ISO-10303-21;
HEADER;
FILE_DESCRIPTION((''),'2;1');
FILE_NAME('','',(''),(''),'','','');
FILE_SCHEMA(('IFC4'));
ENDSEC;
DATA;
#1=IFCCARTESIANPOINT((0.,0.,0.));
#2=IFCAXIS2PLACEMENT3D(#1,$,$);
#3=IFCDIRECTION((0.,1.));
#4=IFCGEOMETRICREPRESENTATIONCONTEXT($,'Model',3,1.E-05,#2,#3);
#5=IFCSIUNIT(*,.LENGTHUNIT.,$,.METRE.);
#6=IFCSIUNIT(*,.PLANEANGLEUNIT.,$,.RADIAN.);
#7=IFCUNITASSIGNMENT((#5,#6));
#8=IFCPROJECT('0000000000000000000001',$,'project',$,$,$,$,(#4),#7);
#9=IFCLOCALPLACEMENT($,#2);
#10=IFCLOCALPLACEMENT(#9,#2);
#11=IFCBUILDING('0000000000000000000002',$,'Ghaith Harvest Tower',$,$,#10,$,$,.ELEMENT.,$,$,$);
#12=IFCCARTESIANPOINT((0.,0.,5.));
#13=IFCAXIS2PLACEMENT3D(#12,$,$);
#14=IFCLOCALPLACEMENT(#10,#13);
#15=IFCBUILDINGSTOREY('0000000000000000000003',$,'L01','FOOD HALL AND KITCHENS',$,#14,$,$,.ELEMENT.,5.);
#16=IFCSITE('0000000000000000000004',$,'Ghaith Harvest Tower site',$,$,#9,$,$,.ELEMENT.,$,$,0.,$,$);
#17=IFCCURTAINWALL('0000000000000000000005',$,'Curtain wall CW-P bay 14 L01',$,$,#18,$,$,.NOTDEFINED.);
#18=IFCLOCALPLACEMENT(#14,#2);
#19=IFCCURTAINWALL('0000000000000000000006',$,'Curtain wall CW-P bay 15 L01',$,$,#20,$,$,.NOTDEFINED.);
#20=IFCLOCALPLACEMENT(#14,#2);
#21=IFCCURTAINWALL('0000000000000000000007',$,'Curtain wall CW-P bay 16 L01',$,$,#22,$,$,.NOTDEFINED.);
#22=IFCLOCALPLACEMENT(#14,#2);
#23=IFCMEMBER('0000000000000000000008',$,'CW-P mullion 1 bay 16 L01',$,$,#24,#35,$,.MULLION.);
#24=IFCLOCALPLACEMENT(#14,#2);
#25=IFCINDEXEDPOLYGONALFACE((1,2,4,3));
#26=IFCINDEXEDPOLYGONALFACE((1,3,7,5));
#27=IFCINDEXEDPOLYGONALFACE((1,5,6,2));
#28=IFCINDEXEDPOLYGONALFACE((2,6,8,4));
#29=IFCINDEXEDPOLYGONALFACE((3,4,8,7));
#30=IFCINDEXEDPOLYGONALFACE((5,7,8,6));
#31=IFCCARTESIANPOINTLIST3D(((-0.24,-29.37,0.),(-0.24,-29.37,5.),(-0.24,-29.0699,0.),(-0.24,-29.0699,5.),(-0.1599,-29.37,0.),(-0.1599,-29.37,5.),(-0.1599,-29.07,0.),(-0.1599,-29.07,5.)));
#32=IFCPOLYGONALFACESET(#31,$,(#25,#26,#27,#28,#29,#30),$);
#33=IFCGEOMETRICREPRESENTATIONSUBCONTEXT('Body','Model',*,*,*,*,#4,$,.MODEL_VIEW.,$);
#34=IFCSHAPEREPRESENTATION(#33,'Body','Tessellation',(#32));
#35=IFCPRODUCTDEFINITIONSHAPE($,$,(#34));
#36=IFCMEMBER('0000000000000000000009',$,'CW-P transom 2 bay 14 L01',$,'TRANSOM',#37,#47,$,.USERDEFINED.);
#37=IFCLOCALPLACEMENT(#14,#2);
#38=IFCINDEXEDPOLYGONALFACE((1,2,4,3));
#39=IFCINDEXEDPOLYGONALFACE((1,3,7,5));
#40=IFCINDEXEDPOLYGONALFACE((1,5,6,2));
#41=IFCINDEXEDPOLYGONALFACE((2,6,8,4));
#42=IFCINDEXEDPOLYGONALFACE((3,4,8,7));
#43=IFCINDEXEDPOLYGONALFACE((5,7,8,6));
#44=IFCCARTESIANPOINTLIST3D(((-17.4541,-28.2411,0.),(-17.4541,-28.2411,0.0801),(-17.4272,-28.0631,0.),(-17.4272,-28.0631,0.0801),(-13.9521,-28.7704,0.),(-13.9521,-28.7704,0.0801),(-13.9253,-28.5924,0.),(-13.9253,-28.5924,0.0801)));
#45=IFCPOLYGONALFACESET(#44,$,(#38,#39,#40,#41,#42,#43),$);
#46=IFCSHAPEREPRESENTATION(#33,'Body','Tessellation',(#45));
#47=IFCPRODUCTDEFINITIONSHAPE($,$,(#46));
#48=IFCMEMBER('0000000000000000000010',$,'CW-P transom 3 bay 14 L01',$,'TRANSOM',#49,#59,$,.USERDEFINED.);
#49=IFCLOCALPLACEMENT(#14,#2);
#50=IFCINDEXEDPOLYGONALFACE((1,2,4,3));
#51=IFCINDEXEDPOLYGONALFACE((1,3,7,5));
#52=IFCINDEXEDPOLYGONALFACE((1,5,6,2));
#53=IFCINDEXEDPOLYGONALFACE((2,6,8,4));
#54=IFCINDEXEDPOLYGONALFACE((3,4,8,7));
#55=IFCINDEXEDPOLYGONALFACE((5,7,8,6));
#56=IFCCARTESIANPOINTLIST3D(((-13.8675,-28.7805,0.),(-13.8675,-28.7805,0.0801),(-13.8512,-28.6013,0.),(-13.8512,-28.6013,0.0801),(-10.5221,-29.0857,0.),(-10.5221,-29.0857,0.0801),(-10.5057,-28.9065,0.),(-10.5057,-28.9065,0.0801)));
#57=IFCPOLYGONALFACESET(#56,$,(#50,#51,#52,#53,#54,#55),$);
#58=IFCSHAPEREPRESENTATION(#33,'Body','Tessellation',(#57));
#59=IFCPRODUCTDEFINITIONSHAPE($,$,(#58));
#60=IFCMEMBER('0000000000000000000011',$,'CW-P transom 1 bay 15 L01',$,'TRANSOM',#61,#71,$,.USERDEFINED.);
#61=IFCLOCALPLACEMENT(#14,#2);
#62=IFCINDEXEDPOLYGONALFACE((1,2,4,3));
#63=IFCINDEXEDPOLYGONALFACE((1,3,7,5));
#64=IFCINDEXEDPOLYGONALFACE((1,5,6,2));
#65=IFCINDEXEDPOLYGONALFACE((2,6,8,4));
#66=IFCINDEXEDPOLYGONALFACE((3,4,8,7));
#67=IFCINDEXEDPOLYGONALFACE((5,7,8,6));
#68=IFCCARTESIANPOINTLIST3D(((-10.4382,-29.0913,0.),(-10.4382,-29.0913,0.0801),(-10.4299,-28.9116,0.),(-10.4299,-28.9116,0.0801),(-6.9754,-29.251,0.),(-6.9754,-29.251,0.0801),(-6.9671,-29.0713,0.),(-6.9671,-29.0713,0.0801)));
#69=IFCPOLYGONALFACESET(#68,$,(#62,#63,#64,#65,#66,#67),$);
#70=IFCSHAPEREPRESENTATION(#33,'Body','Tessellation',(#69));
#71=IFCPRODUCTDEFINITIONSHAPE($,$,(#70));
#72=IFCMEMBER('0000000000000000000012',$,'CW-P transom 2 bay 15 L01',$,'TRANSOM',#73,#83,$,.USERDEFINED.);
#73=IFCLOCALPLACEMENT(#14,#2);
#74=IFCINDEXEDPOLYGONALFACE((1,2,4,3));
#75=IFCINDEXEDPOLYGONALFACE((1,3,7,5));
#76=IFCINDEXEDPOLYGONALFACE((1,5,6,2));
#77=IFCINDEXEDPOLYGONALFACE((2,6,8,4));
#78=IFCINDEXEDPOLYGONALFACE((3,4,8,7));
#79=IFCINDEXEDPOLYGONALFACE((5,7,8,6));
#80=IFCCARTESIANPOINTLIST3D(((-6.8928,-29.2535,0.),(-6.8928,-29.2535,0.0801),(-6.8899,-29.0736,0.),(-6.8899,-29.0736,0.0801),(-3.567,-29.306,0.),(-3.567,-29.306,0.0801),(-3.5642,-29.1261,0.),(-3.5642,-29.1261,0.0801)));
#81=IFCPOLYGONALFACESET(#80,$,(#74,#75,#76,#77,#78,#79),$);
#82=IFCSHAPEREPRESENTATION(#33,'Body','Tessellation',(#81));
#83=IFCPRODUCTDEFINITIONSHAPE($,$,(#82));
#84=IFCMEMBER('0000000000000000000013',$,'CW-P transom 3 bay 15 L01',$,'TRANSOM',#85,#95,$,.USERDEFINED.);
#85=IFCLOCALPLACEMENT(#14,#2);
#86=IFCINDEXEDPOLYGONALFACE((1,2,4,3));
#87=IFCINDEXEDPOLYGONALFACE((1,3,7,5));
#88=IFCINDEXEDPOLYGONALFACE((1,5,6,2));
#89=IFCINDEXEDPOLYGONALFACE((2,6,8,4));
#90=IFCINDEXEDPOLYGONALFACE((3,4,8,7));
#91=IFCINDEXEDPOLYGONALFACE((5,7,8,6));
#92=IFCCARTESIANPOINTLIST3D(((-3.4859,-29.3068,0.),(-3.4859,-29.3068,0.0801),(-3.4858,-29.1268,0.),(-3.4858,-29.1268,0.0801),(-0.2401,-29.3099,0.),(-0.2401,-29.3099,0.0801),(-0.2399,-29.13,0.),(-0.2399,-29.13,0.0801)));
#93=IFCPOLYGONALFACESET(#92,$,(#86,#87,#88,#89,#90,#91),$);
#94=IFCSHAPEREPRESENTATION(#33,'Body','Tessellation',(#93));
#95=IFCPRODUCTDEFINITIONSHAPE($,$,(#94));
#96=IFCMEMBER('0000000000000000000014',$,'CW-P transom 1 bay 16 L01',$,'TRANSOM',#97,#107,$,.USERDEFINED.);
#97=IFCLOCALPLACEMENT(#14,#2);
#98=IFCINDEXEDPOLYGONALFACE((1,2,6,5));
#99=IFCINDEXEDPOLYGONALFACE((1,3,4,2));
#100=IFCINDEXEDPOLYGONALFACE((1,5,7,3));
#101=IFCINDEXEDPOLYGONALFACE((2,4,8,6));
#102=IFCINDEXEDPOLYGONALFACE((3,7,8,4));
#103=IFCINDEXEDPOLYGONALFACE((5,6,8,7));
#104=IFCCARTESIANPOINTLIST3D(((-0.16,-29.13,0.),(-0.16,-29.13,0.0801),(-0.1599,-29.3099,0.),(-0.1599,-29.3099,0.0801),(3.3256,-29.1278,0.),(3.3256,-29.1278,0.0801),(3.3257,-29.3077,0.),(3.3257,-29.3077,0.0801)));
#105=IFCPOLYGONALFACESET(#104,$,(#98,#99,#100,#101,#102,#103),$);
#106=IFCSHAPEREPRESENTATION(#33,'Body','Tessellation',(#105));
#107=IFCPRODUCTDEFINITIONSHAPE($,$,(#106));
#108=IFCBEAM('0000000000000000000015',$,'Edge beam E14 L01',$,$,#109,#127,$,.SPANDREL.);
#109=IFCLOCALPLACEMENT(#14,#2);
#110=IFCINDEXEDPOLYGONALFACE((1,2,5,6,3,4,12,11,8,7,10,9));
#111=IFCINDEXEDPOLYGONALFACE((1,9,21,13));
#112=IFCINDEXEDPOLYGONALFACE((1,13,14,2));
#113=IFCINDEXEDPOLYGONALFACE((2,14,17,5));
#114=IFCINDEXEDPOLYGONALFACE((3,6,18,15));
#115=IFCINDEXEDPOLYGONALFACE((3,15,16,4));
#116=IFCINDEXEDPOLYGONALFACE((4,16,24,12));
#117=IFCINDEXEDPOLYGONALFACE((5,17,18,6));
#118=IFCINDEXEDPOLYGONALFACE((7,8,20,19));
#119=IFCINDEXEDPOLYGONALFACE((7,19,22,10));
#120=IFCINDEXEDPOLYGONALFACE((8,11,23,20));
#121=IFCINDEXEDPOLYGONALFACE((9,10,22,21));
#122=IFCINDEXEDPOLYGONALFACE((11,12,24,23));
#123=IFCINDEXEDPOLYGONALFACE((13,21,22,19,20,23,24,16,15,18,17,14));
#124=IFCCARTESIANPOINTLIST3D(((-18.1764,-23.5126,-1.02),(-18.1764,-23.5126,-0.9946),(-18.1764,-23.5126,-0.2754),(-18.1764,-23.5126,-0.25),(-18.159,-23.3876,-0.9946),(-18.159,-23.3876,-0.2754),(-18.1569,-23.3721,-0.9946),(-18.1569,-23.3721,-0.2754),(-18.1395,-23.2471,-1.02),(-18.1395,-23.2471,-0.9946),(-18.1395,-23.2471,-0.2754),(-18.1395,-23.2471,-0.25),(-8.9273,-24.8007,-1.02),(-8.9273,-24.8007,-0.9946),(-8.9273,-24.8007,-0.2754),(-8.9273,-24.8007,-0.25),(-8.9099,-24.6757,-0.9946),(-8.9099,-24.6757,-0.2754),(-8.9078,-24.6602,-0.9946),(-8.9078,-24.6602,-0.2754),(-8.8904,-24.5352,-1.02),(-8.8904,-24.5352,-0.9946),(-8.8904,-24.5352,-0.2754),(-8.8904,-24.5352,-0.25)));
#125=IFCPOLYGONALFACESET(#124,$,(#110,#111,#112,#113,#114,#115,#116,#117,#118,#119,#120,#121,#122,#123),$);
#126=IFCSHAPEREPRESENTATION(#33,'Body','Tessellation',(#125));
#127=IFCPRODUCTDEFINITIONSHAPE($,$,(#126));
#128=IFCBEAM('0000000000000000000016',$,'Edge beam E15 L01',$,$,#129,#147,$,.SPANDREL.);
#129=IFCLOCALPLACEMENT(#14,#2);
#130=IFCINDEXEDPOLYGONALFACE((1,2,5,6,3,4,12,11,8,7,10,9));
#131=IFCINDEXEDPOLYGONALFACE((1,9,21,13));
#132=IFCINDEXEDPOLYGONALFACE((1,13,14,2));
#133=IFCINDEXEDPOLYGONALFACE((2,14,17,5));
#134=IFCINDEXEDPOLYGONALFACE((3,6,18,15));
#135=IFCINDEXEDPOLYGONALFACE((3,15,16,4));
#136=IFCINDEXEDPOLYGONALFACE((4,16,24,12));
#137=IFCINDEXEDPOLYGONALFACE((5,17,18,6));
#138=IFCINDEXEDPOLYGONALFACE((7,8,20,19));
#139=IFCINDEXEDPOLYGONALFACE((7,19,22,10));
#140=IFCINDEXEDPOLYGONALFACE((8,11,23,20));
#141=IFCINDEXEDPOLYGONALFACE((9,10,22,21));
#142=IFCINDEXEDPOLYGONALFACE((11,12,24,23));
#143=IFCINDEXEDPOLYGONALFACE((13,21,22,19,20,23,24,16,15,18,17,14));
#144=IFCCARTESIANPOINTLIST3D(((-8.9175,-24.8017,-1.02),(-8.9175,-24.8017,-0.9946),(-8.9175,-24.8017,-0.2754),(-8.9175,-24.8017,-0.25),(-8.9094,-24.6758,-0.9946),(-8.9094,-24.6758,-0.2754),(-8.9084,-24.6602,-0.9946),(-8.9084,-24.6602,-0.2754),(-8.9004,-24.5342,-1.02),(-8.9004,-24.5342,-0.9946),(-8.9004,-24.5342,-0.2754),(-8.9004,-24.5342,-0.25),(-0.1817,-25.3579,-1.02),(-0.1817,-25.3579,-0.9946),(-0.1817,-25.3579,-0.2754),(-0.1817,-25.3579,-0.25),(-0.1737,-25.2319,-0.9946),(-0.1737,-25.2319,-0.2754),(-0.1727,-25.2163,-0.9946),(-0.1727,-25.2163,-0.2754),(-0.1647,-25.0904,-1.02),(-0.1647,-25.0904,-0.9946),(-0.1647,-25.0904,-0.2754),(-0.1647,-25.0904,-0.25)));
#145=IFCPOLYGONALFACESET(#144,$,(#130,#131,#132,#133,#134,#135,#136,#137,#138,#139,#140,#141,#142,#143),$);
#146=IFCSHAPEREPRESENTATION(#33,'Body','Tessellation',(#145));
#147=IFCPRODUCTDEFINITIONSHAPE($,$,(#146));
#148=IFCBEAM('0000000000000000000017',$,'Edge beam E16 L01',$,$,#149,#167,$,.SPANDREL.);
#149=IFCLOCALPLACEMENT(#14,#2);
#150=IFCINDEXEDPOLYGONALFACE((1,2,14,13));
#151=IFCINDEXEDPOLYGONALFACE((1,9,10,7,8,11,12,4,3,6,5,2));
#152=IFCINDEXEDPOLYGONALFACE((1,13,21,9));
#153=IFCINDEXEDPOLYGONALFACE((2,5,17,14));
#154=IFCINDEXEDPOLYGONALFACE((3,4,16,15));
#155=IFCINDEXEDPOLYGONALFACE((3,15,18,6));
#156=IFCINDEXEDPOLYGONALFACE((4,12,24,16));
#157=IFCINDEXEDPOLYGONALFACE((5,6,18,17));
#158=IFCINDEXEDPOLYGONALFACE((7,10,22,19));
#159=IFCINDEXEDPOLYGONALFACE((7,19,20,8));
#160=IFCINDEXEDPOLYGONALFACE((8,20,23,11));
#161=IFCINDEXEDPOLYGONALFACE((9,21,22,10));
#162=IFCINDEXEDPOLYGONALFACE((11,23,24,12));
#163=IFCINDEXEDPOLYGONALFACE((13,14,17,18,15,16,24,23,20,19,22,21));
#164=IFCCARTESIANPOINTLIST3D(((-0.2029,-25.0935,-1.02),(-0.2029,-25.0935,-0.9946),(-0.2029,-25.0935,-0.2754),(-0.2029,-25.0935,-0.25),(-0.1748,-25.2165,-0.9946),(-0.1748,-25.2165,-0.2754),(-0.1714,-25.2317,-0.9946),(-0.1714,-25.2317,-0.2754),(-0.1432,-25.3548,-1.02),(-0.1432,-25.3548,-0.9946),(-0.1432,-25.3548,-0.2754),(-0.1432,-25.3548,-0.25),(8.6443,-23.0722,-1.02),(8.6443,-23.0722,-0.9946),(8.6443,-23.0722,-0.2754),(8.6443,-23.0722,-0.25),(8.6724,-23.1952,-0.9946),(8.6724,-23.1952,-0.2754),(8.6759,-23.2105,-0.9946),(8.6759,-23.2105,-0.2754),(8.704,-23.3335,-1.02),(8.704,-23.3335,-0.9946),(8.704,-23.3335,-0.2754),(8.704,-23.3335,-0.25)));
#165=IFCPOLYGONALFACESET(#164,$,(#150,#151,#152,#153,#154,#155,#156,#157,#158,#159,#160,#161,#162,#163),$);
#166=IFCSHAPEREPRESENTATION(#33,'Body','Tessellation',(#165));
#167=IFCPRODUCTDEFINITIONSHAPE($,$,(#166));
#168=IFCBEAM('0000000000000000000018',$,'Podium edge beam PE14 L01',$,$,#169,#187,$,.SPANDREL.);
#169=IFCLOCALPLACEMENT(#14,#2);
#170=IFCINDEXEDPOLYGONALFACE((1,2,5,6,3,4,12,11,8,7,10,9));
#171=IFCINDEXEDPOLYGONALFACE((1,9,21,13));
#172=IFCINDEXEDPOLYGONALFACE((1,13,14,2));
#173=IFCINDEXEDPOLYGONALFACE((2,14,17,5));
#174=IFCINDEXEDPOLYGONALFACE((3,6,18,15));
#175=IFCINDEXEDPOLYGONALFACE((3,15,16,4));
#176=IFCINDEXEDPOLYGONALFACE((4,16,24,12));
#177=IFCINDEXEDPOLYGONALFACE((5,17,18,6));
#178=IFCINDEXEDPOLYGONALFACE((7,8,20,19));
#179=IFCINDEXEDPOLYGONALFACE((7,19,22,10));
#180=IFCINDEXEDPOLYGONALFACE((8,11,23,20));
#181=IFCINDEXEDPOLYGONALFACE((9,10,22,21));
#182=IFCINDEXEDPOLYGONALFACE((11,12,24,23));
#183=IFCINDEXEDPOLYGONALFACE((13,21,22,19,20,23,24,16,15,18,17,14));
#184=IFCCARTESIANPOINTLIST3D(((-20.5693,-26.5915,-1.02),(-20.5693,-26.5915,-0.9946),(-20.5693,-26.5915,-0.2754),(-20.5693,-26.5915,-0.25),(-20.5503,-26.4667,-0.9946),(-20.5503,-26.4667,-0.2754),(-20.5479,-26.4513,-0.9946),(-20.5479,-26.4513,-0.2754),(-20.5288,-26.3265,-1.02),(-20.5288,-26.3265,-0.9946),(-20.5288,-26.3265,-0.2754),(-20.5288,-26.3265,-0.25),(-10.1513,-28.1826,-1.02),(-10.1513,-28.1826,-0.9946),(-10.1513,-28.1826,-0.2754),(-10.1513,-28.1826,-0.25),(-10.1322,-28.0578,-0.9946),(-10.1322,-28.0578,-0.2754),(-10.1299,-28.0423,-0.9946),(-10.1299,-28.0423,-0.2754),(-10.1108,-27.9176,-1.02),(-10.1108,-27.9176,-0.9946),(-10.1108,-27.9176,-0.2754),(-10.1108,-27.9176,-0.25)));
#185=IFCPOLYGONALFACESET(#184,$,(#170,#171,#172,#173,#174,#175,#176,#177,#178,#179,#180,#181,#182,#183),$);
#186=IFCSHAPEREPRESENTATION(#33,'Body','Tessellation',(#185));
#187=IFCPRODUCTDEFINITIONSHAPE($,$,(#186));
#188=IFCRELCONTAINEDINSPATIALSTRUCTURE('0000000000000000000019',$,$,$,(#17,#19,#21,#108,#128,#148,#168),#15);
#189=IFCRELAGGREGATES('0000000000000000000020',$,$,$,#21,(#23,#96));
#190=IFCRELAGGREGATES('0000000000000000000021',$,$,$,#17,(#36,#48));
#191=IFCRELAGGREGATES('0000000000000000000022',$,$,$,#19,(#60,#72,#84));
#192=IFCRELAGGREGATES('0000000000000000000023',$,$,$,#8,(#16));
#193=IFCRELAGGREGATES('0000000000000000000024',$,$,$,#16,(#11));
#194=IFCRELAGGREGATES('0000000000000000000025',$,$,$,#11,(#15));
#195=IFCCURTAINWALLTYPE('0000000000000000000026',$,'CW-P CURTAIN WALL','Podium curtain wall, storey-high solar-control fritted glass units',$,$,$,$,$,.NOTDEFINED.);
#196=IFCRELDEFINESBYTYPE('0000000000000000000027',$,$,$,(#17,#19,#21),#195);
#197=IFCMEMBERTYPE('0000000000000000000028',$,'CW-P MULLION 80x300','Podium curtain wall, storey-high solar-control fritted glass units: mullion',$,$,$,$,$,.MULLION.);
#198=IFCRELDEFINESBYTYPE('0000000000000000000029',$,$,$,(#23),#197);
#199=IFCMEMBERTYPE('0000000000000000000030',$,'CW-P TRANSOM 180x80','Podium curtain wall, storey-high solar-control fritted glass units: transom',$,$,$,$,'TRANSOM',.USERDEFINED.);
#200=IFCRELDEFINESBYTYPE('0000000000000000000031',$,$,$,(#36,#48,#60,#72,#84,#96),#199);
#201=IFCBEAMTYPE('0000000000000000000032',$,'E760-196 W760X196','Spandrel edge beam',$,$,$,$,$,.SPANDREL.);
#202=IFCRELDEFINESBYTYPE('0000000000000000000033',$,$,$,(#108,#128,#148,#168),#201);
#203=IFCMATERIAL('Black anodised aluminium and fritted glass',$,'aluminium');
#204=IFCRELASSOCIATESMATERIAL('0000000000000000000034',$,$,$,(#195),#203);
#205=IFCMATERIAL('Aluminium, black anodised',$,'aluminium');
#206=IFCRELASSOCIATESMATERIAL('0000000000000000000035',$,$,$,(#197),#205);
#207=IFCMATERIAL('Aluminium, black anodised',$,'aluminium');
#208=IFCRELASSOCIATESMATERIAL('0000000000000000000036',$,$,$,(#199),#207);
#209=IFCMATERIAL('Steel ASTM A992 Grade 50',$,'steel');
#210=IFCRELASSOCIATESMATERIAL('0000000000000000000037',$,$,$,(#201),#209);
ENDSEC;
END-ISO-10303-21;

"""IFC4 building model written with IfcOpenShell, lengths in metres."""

from ifc_helpers import new_model, si_unit, direction, frame, origin, origin_2d, place, context, subcontext, project, spatial, rectangle, i_section, extrude, material, material_profile, profile_set, type_object, element, aggregate, save


model = new_model("IFC4")

# Units and contexts
model_context = context("Model", 3, precision=1e-05, world=origin(), true_north=direction((0.0, 1.0)))
body_context = subcontext(model_context, "Body", "Model", "MODEL_VIEW")
ifc_project = project(units=[si_unit("LENGTHUNIT", "METRE"), si_unit("PLANEANGLEUNIT", "RADIAN")], contexts=[model_context])

# Site, building, storey
site_placement = place(None, origin())
site = spatial("IfcSite", under=ifc_project, at=site_placement, Name="Ghaith Harvest Tower site", CompositionType="ELEMENT", RefElevation=0.0)
building_placement = place(site_placement, origin())
building = spatial("IfcBuilding", under=site, at=building_placement, Name="Ghaith Harvest Tower", CompositionType="ELEMENT")
storey_placement = place(building_placement, frame((0.0, 0.0, 5.0)))
storey = spatial("IfcBuildingStorey", under=building, at=storey_placement, Name="L01", Description="FOOD HALL AND KITCHENS", CompositionType="ELEMENT", Elevation=5.0)

# Curtain walls
ifc_material_1 = material(Name="Black anodised aluminium and fritted glass", Category="aluminium")
curtain_wall_type = type_object("IfcCurtainWallType", Name="CW-P CURTAIN WALL", Description="Podium curtain wall, storey-high solar-control fritted glass units", PredefinedType="NOTDEFINED", material=ifc_material_1)
curtain_wall_1_placement = place(storey_placement, origin())
curtain_wall_1 = element("IfcCurtainWall", 1, at=curtain_wall_1_placement, inside=storey, type_object=curtain_wall_type, Name="Curtain wall CW-P bay 14 L01", PredefinedType="NOTDEFINED")
ifc_material_2 = material(Name="Aluminium, black anodised", Category="aluminium")
ifc_material_profile_1 = material_profile(ifc_material_2, rectangle(XDim=0.0801, YDim=0.3, at=origin_2d()), Name="CW-P MULLION 80x300")
ifc_profile_set_1 = profile_set([ifc_material_profile_1], Name="Aluminium, black anodised")
member_type_1 = type_object("IfcMemberType", Name="CW-P MULLION 80x300", Description="Podium curtain wall, storey-high solar-control fritted glass units: mullion", PredefinedType="MULLION", material=ifc_profile_set_1)
curtain_wall_2_placement = place(storey_placement, origin())
curtain_wall_2 = element("IfcCurtainWall", 2, at=curtain_wall_2_placement, inside=storey, type_object=curtain_wall_type, Name="Curtain wall CW-P bay 15 L01", PredefinedType="NOTDEFINED")

# Curtain wall, member
curtain_wall_3_placement = place(storey_placement, origin())
curtain_wall_3 = element("IfcCurtainWall", 3, at=curtain_wall_3_placement, inside=storey, type_object=curtain_wall_type, Name="Curtain wall CW-P bay 16 L01", PredefinedType="NOTDEFINED")
member_1_placement = place(storey_placement, frame((-0.2, -29.22, 0.0), z_axis=(0.0, 0.0, 1.0), x_axis=(1.0, -0.000127, 0.0)))
member_1 = element("IfcMember", 4, at=member_1_placement, type_object=member_type_1, Name="CW-P mullion 1 bay 16 L01", PredefinedType="MULLION", context=body_context, shape_type="SweptSolid", body=[
    extrude(rectangle(XDim=0.0801, YDim=0.3, at=origin_2d()), origin(), (0.0, 0.0, 1.0), 5.0),
])

# Members
ifc_material_3 = material(Name="Aluminium, black anodised", Category="aluminium")
ifc_material_profile_2 = material_profile(ifc_material_3, rectangle(XDim=0.1799, YDim=0.0801, at=origin_2d()), Name="CW-P TRANSOM 180x80")
ifc_profile_set_2 = profile_set([ifc_material_profile_2], Name="Aluminium, black anodised")
member_type_2 = type_object("IfcMemberType", Name="CW-P TRANSOM 180x80", Description="Podium curtain wall, storey-high solar-control fritted glass units: transom", ElementType="TRANSOM", PredefinedType="USERDEFINED", material=ifc_profile_set_2)
member_2_placement = place(storey_placement, frame((-17.4407, -28.1521, 0.04), z_axis=(0.98877, -0.149446, 0.0), x_axis=(0.149446, 0.98877, 0.0)))
member_2 = element("IfcMember", 5, at=member_2_placement, type_object=member_type_2, Name="CW-P transom 2 bay 14 L01", ObjectType="TRANSOM", PredefinedType="USERDEFINED", context=body_context, shape_type="SweptSolid", body=[
    extrude(rectangle(XDim=0.1799, YDim=0.0801, at=origin_2d()), origin(), (0.0, 0.0, 1.0), 3.5417),
])
member_3_placement = place(storey_placement, frame((-13.8594, -28.6909, 0.04), z_axis=(0.995865, -0.090844, 0.0), x_axis=(0.090844, 0.995865, 0.0)))
member_3 = element("IfcMember", 6, at=member_3_placement, type_object=member_type_2, Name="CW-P transom 3 bay 14 L01", ObjectType="TRANSOM", PredefinedType="USERDEFINED", context=body_context, shape_type="SweptSolid", body=[
    extrude(rectangle(XDim=0.1799, YDim=0.0801, at=origin_2d()), origin(), (0.0, 0.0, 1.0), 3.3594),
])
member_4_placement = place(storey_placement, frame((-10.4341, -29.0015, 0.04), z_axis=(0.998939, -0.046059, 0.0), x_axis=(0.046059, 0.998939, 0.0)))
member_4 = element("IfcMember", 7, at=member_4_placement, type_object=member_type_2, Name="CW-P transom 1 bay 15 L01", ObjectType="TRANSOM", PredefinedType="USERDEFINED", context=body_context, shape_type="SweptSolid", body=[
    extrude(rectangle(XDim=0.1799, YDim=0.0801, at=origin_2d()), origin(), (0.0, 0.0, 1.0), 3.4666),
])
member_5_placement = place(storey_placement, frame((-6.8914, -29.1636, 0.04), z_axis=(0.999875, -0.015781, 0.0), x_axis=(0.015781, 0.999875, 0.0)))
member_5 = element("IfcMember", 8, at=member_5_placement, type_object=member_type_2, Name="CW-P transom 2 bay 15 L01", ObjectType="TRANSOM", PredefinedType="USERDEFINED", context=body_context, shape_type="SweptSolid", body=[
    extrude(rectangle(XDim=0.1799, YDim=0.0801, at=origin_2d()), origin(), (0.0, 0.0, 1.0), 3.3262),
])
member_6_placement = place(storey_placement, frame((-3.4858, -29.2168, 0.04), z_axis=(1.0, -0.000978, 0.0), x_axis=(0.000978, 1.0, 0.0)))
member_6 = element("IfcMember", 9, at=member_6_placement, type_object=member_type_2, Name="CW-P transom 3 bay 15 L01", ObjectType="TRANSOM", PredefinedType="USERDEFINED", context=body_context, shape_type="SweptSolid", body=[
    extrude(rectangle(XDim=0.1799, YDim=0.0801, at=origin_2d()), origin(), (0.0, 0.0, 1.0), 3.2458),
])
member_7_placement = place(storey_placement, frame((-0.1599, -29.22, 0.04), z_axis=(1.0, 0.00063, 0.0), x_axis=(-0.00063, 1.0, 0.0)))
member_7 = element("IfcMember", 10, at=member_7_placement, type_object=member_type_2, Name="CW-P transom 1 bay 16 L01", ObjectType="TRANSOM", PredefinedType="USERDEFINED", context=body_context, shape_type="SweptSolid", body=[
    extrude(rectangle(XDim=0.1799, YDim=0.0801, at=origin_2d()), origin(), (0.0, 0.0, 1.0), 3.4856),
])
aggregate(curtain_wall_3, [member_1, member_7])

# Beams
ifc_material_4 = material(Name="Steel ASTM A992 Grade 50", Category="steel")
ifc_material_profile_3 = material_profile(ifc_material_4, i_section(OverallWidth=0.2681, OverallDepth=0.77, WebThickness=0.0156, FlangeThickness=0.0254, at=origin_2d()), Name="W760X196")
ifc_profile_set_3 = profile_set([ifc_material_profile_3], Name="Steel ASTM A992 Grade 50")
beam_type_1 = type_object("IfcBeamType", Name="E760-196 W760X196", Description="Spandrel edge beam", PredefinedType="SPANDREL", material=ifc_profile_set_3)
beam_1_placement = place(storey_placement, frame((-18.158, -23.3799, -0.635), z_axis=(0.990441, -0.137936, 0.0), x_axis=(0.137936, 0.990441, 0.0)))
element("IfcBeam", 11, at=beam_1_placement, inside=storey, type_object=beam_type_1, Name="Edge beam E14 L01", PredefinedType="SPANDREL", context=body_context, shape_type="SweptSolid", body=[
    extrude(i_section(OverallWidth=0.2681, OverallDepth=0.77, WebThickness=0.0156, FlangeThickness=0.0254, at=origin_2d()), origin(), (0.0, 0.0, 1.0), 9.3384),
])
beam_2_placement = place(storey_placement, frame((-8.9089, -24.668, -0.635), z_axis=(0.99798, -0.063535, 0.0), x_axis=(0.063535, 0.99798, 0.0)))
element("IfcBeam", 12, at=beam_2_placement, inside=storey, type_object=beam_type_1, Name="Edge beam E15 L01", PredefinedType="SPANDREL", context=body_context, shape_type="SweptSolid", body=[
    extrude(i_section(OverallWidth=0.2681, OverallDepth=0.77, WebThickness=0.0156, FlangeThickness=0.0254, at=origin_2d()), origin(), (0.0, 0.0, 1.0), 8.7534),
])
beam_3_placement = place(storey_placement, frame((-0.1731, -25.2241, -0.635), z_axis=(0.974882, 0.222723, 0.0), x_axis=(-0.222723, 0.974882, 0.0)))
element("IfcBeam", 13, at=beam_3_placement, inside=storey, type_object=beam_type_1, Name="Edge beam E16 L01", PredefinedType="SPANDREL", context=body_context, shape_type="SweptSolid", body=[
    extrude(i_section(OverallWidth=0.2681, OverallDepth=0.77, WebThickness=0.0156, FlangeThickness=0.0254, at=origin_2d()), origin(), (0.0, 0.0, 1.0), 9.0752),
])
beam_4_placement = place(storey_placement, frame((-20.5491, -26.459, -0.635), z_axis=(0.988538, -0.150973, 0.0), x_axis=(0.150973, 0.988538, 0.0)))
element("IfcBeam", 14, at=beam_4_placement, inside=storey, type_object=beam_type_1, Name="Podium edge beam PE14 L01", PredefinedType="SPANDREL", context=body_context, shape_type="SweptSolid", body=[
    extrude(i_section(OverallWidth=0.2681, OverallDepth=0.77, WebThickness=0.0156, FlangeThickness=0.0254, at=origin_2d()), origin(), (0.0, 0.0, 1.0), 10.5388),
])

aggregate(curtain_wall_1, [member_2, member_3])
aggregate(curtain_wall_2, [member_4, member_5, member_6])

save(model, "model.ifc")
